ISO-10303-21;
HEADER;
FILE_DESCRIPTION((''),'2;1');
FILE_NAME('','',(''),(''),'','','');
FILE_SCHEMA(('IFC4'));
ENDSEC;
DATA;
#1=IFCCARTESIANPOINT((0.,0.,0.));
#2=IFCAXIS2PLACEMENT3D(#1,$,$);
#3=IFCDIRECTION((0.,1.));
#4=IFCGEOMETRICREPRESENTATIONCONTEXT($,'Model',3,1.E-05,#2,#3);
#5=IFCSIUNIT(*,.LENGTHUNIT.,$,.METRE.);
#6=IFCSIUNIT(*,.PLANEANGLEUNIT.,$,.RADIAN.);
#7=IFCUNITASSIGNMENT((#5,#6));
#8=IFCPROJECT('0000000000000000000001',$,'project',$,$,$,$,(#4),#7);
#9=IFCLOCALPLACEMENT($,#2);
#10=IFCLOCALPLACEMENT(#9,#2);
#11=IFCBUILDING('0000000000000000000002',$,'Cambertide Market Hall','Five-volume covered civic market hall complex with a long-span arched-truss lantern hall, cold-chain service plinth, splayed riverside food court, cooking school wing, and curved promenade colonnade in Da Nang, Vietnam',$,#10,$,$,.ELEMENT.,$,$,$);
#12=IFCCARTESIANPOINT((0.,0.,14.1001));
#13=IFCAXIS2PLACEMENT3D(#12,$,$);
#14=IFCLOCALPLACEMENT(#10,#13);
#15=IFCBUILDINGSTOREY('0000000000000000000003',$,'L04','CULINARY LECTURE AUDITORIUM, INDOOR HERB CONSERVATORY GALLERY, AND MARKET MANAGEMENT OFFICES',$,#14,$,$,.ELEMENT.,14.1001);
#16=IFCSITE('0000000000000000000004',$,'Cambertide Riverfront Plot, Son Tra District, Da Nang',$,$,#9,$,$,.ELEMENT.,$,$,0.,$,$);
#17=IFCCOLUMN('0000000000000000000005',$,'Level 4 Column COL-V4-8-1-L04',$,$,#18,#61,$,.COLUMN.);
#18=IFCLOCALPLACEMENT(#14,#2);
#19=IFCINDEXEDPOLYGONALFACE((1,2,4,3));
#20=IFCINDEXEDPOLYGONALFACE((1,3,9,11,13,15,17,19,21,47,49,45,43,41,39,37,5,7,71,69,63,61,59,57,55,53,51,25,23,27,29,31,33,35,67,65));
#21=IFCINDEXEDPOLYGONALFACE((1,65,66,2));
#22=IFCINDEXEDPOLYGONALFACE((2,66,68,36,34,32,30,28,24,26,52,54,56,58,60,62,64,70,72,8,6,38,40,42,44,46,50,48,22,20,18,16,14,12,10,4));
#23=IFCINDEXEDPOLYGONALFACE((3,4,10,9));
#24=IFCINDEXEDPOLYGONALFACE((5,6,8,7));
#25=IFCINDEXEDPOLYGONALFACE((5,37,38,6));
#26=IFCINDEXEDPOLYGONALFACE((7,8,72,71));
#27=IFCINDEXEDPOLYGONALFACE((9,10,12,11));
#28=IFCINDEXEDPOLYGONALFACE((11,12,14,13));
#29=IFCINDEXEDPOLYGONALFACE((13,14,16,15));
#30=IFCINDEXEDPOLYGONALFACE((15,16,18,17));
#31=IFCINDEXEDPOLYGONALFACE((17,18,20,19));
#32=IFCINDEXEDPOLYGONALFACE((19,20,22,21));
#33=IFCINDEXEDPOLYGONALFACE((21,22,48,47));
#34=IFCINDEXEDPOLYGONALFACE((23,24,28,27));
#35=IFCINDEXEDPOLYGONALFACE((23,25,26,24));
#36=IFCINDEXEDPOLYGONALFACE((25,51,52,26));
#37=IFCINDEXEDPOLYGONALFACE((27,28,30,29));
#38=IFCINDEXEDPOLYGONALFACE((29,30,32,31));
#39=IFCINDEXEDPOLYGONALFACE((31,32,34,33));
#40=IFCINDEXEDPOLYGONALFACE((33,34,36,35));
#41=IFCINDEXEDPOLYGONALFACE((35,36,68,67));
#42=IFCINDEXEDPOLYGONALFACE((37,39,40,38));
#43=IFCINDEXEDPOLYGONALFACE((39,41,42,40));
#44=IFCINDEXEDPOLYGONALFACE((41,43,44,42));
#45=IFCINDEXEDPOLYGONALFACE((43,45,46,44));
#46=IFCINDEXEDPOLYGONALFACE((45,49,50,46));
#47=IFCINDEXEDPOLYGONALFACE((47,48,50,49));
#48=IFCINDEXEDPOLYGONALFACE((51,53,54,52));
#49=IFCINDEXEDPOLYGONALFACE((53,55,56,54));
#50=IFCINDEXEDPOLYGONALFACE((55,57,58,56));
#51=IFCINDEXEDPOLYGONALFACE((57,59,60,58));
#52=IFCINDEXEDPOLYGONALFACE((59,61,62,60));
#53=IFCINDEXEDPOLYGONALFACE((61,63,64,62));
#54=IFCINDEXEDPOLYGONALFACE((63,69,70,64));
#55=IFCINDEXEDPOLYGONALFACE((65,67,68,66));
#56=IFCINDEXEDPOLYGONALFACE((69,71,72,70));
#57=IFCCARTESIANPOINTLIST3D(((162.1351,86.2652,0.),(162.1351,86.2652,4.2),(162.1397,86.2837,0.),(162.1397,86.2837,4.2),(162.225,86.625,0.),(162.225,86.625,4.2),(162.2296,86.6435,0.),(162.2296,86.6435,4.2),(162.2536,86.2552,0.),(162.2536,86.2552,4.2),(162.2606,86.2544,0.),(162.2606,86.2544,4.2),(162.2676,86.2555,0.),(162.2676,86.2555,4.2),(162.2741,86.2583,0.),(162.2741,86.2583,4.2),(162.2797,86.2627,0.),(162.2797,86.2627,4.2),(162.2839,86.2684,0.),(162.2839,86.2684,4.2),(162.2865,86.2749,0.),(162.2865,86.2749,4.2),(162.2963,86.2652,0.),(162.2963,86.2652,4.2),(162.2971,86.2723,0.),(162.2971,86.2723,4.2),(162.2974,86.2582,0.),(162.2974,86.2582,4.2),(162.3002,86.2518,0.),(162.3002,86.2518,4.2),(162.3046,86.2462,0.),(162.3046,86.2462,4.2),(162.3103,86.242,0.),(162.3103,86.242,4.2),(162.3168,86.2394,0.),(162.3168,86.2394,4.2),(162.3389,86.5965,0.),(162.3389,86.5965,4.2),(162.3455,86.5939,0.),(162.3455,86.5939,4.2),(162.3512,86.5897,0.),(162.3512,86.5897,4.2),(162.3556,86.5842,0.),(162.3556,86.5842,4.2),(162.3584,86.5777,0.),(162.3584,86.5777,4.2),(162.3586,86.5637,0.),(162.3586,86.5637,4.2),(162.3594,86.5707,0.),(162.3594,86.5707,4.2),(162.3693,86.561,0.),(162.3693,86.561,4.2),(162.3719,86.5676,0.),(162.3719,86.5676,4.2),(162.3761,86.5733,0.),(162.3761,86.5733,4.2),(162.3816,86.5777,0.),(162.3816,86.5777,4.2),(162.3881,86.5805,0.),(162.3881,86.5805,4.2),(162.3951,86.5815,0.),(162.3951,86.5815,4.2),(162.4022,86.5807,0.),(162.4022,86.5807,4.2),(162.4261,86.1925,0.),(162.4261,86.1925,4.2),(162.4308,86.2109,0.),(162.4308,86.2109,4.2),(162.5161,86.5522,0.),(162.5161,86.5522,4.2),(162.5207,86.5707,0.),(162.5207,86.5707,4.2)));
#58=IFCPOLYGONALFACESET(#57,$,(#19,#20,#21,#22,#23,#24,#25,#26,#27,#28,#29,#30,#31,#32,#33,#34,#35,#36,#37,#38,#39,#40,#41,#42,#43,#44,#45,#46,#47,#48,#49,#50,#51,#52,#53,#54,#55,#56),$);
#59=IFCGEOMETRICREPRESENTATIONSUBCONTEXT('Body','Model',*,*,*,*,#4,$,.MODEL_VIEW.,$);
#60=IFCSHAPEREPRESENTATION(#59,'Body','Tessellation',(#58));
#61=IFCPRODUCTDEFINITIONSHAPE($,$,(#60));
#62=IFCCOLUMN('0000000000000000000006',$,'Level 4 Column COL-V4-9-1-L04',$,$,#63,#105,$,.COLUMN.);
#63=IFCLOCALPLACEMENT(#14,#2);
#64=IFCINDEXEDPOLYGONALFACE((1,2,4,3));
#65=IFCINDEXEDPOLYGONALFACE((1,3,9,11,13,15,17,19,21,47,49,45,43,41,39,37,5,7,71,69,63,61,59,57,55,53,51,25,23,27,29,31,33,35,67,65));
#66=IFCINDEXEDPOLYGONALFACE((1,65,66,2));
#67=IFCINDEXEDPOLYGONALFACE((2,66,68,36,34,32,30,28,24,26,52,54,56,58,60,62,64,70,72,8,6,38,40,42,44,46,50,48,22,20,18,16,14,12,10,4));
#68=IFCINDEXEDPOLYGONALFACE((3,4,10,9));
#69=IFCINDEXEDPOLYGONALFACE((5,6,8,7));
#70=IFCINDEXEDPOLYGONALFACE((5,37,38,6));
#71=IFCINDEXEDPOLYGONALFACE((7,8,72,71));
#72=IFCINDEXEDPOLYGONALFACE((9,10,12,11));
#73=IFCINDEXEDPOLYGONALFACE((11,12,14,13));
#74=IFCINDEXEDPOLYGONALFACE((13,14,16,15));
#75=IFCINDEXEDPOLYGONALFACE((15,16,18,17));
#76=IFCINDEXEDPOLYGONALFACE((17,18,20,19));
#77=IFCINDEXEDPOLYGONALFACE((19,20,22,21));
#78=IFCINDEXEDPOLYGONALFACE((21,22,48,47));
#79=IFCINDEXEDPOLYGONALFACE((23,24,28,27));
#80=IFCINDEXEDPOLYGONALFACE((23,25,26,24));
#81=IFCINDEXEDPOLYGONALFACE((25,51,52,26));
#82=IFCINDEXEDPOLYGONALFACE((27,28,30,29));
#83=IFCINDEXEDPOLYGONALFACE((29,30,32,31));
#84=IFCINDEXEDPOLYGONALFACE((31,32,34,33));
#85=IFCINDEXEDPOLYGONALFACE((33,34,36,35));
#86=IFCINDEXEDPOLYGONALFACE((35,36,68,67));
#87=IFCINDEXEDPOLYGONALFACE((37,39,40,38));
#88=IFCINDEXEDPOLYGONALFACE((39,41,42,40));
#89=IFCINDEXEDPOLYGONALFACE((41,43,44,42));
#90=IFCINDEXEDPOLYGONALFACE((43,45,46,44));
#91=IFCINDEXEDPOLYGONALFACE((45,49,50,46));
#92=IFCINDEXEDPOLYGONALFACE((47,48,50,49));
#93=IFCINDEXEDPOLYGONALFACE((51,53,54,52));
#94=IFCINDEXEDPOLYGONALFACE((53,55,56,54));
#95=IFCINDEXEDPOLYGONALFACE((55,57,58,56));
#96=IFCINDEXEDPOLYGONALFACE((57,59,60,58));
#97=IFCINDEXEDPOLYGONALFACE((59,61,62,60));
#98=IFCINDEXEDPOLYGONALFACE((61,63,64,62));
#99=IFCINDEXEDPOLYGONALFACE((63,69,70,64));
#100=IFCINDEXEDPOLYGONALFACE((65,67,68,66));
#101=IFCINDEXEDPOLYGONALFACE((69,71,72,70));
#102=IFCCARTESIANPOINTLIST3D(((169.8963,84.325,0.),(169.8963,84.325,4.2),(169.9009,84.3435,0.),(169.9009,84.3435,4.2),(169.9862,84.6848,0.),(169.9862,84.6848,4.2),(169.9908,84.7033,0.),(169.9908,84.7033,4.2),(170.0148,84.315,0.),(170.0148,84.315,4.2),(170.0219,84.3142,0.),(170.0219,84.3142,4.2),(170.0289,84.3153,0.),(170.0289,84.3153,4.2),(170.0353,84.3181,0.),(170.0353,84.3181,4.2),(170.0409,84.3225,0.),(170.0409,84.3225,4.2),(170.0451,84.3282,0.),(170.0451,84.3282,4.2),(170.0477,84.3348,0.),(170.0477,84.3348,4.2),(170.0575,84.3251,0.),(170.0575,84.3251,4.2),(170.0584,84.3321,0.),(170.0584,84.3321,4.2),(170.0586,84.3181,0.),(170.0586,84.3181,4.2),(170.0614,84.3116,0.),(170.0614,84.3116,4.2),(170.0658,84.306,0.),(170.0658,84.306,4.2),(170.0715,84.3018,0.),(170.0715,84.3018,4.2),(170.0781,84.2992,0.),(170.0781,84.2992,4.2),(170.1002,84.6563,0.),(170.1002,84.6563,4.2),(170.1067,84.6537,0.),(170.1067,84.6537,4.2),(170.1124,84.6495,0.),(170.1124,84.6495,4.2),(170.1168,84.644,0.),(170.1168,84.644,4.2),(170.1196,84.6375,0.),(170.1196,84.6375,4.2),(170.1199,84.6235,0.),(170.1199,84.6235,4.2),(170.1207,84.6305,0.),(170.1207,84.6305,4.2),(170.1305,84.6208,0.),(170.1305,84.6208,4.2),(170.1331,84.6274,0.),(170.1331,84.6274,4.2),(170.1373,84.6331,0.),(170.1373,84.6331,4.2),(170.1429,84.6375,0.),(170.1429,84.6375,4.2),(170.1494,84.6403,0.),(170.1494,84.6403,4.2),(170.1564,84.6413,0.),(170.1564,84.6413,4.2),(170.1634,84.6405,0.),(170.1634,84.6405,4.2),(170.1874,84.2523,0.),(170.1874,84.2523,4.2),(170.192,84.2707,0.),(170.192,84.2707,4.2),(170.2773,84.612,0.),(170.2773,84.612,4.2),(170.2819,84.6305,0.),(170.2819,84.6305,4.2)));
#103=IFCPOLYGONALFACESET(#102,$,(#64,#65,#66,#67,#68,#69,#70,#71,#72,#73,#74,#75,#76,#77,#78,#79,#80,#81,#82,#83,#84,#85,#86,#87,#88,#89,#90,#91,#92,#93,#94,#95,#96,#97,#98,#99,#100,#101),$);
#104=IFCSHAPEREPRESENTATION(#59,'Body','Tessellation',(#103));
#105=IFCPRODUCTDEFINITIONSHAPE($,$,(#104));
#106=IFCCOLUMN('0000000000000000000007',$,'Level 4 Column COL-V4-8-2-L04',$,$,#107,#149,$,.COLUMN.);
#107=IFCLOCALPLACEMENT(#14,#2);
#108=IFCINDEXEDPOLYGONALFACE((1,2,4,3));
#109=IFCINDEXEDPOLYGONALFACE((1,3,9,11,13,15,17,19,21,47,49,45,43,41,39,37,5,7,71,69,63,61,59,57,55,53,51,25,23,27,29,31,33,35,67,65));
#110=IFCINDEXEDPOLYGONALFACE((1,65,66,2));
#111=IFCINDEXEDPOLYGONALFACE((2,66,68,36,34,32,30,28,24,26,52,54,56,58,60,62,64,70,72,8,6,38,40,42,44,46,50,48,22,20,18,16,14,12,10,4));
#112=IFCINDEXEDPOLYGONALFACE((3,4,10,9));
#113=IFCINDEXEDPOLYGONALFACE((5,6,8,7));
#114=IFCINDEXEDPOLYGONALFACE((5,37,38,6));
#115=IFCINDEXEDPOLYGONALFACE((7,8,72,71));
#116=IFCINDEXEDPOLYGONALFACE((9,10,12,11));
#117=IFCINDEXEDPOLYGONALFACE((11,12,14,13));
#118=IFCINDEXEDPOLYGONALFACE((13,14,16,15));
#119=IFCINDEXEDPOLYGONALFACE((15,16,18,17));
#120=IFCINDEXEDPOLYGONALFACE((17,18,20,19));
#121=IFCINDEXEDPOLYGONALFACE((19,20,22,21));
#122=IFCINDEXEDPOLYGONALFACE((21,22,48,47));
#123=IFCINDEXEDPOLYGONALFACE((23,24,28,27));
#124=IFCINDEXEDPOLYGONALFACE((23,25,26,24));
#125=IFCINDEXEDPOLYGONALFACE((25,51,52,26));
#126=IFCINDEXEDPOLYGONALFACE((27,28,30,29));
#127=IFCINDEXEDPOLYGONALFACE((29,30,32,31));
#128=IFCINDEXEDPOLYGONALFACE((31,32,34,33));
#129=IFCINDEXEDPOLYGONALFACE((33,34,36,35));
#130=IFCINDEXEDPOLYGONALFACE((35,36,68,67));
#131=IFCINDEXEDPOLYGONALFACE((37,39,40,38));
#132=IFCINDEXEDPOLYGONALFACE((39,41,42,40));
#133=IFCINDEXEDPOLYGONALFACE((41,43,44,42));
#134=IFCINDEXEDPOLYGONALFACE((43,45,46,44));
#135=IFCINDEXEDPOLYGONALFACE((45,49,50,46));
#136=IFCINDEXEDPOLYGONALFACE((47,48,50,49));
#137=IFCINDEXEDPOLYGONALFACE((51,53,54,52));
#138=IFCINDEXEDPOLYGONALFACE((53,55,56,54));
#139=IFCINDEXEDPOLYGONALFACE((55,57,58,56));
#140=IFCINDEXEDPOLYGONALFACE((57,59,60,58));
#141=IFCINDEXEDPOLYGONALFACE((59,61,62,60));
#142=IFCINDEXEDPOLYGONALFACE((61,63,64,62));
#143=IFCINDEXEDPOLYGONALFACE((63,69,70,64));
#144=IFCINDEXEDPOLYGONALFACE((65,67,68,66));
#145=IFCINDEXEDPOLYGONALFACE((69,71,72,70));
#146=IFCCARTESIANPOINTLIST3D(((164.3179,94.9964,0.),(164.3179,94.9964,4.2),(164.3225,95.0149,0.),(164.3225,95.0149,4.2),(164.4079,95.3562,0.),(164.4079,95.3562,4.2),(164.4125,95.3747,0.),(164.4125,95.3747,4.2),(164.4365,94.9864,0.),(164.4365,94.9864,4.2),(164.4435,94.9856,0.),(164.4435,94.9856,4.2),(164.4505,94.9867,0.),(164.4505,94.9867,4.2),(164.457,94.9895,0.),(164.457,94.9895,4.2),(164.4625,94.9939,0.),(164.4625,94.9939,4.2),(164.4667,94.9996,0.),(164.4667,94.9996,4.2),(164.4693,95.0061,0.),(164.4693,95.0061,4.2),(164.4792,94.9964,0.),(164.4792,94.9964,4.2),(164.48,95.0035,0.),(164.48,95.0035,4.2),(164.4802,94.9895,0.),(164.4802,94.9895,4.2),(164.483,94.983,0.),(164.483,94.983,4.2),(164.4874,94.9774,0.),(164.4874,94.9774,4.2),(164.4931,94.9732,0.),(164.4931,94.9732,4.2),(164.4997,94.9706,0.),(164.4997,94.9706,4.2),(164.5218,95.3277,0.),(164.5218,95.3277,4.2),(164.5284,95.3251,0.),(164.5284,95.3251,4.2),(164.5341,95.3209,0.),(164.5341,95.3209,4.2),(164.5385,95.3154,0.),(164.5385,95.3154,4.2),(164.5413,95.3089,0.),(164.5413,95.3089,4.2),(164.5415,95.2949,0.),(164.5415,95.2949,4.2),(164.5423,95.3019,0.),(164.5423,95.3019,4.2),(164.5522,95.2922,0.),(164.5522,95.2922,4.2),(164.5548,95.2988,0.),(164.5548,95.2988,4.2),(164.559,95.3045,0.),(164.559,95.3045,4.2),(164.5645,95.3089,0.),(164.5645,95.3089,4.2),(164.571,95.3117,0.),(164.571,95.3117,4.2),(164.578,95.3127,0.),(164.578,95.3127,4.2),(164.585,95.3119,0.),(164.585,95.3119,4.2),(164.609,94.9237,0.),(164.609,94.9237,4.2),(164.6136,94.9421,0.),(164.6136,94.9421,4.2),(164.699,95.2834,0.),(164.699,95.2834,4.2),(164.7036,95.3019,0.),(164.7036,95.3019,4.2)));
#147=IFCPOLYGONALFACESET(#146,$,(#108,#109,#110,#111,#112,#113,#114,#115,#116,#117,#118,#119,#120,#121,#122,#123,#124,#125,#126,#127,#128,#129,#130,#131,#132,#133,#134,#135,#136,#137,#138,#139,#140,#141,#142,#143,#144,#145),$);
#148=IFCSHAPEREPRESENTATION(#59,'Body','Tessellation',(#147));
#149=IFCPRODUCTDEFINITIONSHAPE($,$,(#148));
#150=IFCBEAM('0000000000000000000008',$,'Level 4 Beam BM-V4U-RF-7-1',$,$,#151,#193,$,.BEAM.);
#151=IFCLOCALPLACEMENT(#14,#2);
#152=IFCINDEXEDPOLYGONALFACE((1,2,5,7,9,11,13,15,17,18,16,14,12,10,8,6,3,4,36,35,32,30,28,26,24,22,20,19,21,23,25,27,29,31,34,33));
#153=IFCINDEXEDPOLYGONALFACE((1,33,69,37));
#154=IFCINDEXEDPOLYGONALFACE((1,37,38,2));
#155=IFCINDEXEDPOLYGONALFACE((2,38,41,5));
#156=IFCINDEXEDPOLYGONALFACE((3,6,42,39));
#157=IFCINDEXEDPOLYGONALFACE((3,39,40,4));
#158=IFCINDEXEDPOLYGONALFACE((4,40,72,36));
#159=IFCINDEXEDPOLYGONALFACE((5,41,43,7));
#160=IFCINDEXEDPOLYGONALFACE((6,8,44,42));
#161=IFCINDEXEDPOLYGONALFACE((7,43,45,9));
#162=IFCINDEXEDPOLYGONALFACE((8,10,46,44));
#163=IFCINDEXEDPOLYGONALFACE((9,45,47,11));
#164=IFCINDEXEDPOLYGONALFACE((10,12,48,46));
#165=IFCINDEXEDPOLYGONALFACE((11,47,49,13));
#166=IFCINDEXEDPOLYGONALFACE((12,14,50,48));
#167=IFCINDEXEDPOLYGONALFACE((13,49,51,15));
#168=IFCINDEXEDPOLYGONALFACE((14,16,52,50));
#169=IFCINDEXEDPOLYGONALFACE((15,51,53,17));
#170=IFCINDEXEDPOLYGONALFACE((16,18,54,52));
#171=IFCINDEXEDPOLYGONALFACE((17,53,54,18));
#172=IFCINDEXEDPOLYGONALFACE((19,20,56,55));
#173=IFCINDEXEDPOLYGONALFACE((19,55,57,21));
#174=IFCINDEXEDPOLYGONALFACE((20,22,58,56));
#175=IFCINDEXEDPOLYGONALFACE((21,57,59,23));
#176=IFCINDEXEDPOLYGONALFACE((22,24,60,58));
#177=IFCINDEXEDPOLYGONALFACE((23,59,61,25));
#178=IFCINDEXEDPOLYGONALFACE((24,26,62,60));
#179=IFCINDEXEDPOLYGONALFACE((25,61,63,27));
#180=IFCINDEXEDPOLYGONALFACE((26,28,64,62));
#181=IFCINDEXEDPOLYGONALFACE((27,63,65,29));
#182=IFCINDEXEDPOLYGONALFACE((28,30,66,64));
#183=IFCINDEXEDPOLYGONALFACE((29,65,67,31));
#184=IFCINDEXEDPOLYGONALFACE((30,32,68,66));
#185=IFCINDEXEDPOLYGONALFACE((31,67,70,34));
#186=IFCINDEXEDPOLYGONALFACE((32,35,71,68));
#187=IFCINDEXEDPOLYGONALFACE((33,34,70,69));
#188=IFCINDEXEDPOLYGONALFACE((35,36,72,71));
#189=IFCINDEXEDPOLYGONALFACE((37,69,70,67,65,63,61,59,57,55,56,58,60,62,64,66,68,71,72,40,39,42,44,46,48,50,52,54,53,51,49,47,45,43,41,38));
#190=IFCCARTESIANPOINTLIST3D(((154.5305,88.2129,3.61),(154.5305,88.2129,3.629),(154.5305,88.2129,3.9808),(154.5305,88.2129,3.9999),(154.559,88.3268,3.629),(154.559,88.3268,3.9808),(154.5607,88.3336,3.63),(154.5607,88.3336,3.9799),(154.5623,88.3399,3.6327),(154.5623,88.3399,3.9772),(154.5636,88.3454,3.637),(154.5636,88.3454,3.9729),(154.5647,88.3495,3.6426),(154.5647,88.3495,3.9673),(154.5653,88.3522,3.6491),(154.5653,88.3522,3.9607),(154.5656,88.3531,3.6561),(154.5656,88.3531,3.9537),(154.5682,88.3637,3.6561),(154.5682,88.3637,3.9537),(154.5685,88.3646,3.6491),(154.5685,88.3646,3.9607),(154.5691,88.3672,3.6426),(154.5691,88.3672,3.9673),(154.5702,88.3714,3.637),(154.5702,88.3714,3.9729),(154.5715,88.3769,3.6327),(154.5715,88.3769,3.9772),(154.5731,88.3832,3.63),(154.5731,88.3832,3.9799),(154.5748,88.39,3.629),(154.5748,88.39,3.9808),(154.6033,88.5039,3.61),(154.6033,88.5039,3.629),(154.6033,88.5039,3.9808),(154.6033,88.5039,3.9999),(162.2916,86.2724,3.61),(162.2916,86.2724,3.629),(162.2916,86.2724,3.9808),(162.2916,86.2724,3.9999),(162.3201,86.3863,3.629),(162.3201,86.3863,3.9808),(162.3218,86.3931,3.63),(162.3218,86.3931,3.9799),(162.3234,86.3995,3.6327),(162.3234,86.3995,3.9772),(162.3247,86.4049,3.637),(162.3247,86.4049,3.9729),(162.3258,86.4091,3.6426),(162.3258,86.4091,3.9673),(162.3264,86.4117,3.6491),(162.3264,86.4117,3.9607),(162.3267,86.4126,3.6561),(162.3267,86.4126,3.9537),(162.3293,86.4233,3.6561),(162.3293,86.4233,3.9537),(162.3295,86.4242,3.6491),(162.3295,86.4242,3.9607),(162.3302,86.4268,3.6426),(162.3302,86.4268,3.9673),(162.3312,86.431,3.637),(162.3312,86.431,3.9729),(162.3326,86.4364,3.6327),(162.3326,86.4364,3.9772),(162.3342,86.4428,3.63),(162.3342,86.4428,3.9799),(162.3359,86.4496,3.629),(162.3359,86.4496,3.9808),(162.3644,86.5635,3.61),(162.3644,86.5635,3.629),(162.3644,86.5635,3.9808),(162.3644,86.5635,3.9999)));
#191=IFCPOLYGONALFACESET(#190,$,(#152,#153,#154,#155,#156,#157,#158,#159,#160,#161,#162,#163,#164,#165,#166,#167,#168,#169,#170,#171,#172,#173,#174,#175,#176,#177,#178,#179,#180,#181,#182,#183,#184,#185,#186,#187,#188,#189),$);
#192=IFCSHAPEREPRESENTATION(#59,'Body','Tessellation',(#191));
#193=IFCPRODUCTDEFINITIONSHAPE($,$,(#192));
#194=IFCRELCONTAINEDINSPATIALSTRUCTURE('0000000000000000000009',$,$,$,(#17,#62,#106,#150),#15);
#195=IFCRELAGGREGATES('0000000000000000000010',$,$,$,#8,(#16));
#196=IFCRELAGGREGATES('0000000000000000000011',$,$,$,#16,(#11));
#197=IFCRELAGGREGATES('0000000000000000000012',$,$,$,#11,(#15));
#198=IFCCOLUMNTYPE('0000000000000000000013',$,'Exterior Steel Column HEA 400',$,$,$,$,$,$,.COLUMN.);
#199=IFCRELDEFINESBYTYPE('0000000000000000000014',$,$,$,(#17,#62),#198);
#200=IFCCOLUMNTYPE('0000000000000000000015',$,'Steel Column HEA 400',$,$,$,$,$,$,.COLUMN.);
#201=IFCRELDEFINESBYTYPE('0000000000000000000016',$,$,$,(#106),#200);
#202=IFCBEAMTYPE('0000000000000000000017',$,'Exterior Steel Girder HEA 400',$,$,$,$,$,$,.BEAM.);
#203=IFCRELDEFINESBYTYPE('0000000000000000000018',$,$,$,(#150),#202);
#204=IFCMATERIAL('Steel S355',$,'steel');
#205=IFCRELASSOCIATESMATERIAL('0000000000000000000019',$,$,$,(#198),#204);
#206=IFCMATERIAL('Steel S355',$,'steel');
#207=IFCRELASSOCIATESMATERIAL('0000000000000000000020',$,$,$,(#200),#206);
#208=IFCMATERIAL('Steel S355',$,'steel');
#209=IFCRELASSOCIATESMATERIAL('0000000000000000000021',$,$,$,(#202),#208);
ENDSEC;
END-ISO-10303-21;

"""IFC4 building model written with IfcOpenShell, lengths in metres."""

from ifc_helpers import new_model, si_unit, direction, frame, origin, origin_2d, place, context, subcontext, project, spatial, i_section, extrude, material, material_profile, profile_set, type_object, element, save


model = new_model("IFC4")

# Units and contexts
model_context = context("Model", 3, precision=1e-05, world=origin(), true_north=direction((0.0, 1.0)))
body_context = subcontext(model_context, "Body", "Model", "MODEL_VIEW")
ifc_project = project(units=[si_unit("LENGTHUNIT", "METRE"), si_unit("PLANEANGLEUNIT", "RADIAN")], contexts=[model_context])

# Site, building, storey
site_placement = place(None, origin())
site = spatial("IfcSite", under=ifc_project, at=site_placement, Name="Cambertide Riverfront Plot, Son Tra District, Da Nang", CompositionType="ELEMENT", RefElevation=0.0)
building_placement = place(site_placement, origin())
building = spatial("IfcBuilding", under=site, at=building_placement, Name="Cambertide Market Hall", Description="Five-volume covered civic market hall complex with a long-span arched-truss lantern hall, cold-chain service plinth, splayed riverside food court, cooking school wing, and curved promenade colonnade in Da Nang, Vietnam", CompositionType="ELEMENT")
storey_placement = place(building_placement, frame((0.0, 0.0, 14.1001)))
storey = spatial("IfcBuildingStorey", under=building, at=storey_placement, Name="L04", Description="CULINARY LECTURE AUDITORIUM, INDOOR HERB CONSERVATORY GALLERY, AND MARKET MANAGEMENT OFFICES", CompositionType="ELEMENT", Elevation=14.1001)

# Columns
ifc_material_1 = material(Name="Steel S355", Category="steel")
ifc_material_profile_1 = material_profile(ifc_material_1, i_section(OverallWidth=0.3, OverallDepth=0.3899, WebThickness=0.011, FlangeThickness=0.019, FilletRadius=0.0271, at=origin_2d()), Name="HEA 400")
ifc_profile_set_1 = profile_set([ifc_material_profile_1], Name="Steel S355")
column_type_1 = type_object("IfcColumnType", Name="Exterior Steel Column HEA 400", PredefinedType="COLUMN", material=ifc_profile_set_1)
for number, where, z_axis, x_axis, name in (
    (1, (162.3279, 86.418, 0.0), (0.0, 0.0, 1.0), (0.970143, -0.242536, 0.0), "Level 4 Column COL-V4-8-1-L04"),
    (2, (170.0891, 84.4778, 0.0), (0.0, 0.0, 1.0), (0.970143, -0.242536, 0.0), "Level 4 Column COL-V4-9-1-L04"),
):
    element("IfcColumn", number, at=place(storey_placement, frame(where, z_axis=z_axis, x_axis=x_axis)), inside=storey, type_object=column_type_1, Name=name, PredefinedType="COLUMN", context=body_context, shape_type="SweptSolid", body=[
        extrude(i_section(OverallWidth=0.3, OverallDepth=0.3899, WebThickness=0.011, FlangeThickness=0.019, FilletRadius=0.0271, at=origin_2d()), origin(), (0.0, 0.0, 1.0), 4.2),
    ])
ifc_material_2 = material(Name="Steel S355", Category="steel")
ifc_material_profile_2 = material_profile(ifc_material_2, i_section(OverallWidth=0.3, OverallDepth=0.3899, WebThickness=0.011, FlangeThickness=0.019, FilletRadius=0.0271, at=origin_2d()), Name="HEA 400")
ifc_profile_set_2 = profile_set([ifc_material_profile_2], Name="Steel S355")
column_type_2 = type_object("IfcColumnType", Name="Steel Column HEA 400", PredefinedType="COLUMN", material=ifc_profile_set_2)
column_placement = place(storey_placement, frame((164.5107, 95.1492, 0.0), z_axis=(0.0, 0.0, 1.0), x_axis=(0.970143, -0.242536, 0.0)))
element("IfcColumn", 3, at=column_placement, inside=storey, type_object=column_type_2, Name="Level 4 Column COL-V4-8-2-L04", PredefinedType="COLUMN", context=body_context, shape_type="SweptSolid", body=[
    extrude(i_section(OverallWidth=0.3, OverallDepth=0.3899, WebThickness=0.011, FlangeThickness=0.019, FilletRadius=0.0271, at=origin_2d()), origin(), (0.0, 0.0, 1.0), 4.2),
])

# Beam
ifc_material_3 = material(Name="Steel S355", Category="steel")
ifc_material_profile_3 = material_profile(ifc_material_3, i_section(OverallWidth=0.3, OverallDepth=0.3899, WebThickness=0.011, FlangeThickness=0.019, FilletRadius=0.0271, at=origin_2d()), Name="HEA 400")
ifc_profile_set_3 = profile_set([ifc_material_profile_3], Name="Steel S355")
beam_type_1 = type_object("IfcBeamType", Name="Exterior Steel Girder HEA 400", PredefinedType="BEAM", material=ifc_profile_set_3)
for number, where, z_axis, x_axis, name in (
    (4, (154.5669, 88.3584, 3.8049), (0.970137, -0.242557, 0.0), (0.242557, 0.970137, 0.0), "Level 4 Beam BM-V4U-RF-7-1"),
):
    element("IfcBeam", number, at=place(storey_placement, frame(where, z_axis=z_axis, x_axis=x_axis)), inside=storey, type_object=beam_type_1, Name=name, PredefinedType="BEAM", context=body_context, shape_type="SweptSolid", body=[
        extrude(i_section(OverallWidth=0.3, OverallDepth=0.3899, WebThickness=0.011, FlangeThickness=0.019, FilletRadius=0.0271, at=origin_2d()), origin(), (0.0, 0.0, 1.0), 8.0),
    ])

save(model, "model.ifc")
